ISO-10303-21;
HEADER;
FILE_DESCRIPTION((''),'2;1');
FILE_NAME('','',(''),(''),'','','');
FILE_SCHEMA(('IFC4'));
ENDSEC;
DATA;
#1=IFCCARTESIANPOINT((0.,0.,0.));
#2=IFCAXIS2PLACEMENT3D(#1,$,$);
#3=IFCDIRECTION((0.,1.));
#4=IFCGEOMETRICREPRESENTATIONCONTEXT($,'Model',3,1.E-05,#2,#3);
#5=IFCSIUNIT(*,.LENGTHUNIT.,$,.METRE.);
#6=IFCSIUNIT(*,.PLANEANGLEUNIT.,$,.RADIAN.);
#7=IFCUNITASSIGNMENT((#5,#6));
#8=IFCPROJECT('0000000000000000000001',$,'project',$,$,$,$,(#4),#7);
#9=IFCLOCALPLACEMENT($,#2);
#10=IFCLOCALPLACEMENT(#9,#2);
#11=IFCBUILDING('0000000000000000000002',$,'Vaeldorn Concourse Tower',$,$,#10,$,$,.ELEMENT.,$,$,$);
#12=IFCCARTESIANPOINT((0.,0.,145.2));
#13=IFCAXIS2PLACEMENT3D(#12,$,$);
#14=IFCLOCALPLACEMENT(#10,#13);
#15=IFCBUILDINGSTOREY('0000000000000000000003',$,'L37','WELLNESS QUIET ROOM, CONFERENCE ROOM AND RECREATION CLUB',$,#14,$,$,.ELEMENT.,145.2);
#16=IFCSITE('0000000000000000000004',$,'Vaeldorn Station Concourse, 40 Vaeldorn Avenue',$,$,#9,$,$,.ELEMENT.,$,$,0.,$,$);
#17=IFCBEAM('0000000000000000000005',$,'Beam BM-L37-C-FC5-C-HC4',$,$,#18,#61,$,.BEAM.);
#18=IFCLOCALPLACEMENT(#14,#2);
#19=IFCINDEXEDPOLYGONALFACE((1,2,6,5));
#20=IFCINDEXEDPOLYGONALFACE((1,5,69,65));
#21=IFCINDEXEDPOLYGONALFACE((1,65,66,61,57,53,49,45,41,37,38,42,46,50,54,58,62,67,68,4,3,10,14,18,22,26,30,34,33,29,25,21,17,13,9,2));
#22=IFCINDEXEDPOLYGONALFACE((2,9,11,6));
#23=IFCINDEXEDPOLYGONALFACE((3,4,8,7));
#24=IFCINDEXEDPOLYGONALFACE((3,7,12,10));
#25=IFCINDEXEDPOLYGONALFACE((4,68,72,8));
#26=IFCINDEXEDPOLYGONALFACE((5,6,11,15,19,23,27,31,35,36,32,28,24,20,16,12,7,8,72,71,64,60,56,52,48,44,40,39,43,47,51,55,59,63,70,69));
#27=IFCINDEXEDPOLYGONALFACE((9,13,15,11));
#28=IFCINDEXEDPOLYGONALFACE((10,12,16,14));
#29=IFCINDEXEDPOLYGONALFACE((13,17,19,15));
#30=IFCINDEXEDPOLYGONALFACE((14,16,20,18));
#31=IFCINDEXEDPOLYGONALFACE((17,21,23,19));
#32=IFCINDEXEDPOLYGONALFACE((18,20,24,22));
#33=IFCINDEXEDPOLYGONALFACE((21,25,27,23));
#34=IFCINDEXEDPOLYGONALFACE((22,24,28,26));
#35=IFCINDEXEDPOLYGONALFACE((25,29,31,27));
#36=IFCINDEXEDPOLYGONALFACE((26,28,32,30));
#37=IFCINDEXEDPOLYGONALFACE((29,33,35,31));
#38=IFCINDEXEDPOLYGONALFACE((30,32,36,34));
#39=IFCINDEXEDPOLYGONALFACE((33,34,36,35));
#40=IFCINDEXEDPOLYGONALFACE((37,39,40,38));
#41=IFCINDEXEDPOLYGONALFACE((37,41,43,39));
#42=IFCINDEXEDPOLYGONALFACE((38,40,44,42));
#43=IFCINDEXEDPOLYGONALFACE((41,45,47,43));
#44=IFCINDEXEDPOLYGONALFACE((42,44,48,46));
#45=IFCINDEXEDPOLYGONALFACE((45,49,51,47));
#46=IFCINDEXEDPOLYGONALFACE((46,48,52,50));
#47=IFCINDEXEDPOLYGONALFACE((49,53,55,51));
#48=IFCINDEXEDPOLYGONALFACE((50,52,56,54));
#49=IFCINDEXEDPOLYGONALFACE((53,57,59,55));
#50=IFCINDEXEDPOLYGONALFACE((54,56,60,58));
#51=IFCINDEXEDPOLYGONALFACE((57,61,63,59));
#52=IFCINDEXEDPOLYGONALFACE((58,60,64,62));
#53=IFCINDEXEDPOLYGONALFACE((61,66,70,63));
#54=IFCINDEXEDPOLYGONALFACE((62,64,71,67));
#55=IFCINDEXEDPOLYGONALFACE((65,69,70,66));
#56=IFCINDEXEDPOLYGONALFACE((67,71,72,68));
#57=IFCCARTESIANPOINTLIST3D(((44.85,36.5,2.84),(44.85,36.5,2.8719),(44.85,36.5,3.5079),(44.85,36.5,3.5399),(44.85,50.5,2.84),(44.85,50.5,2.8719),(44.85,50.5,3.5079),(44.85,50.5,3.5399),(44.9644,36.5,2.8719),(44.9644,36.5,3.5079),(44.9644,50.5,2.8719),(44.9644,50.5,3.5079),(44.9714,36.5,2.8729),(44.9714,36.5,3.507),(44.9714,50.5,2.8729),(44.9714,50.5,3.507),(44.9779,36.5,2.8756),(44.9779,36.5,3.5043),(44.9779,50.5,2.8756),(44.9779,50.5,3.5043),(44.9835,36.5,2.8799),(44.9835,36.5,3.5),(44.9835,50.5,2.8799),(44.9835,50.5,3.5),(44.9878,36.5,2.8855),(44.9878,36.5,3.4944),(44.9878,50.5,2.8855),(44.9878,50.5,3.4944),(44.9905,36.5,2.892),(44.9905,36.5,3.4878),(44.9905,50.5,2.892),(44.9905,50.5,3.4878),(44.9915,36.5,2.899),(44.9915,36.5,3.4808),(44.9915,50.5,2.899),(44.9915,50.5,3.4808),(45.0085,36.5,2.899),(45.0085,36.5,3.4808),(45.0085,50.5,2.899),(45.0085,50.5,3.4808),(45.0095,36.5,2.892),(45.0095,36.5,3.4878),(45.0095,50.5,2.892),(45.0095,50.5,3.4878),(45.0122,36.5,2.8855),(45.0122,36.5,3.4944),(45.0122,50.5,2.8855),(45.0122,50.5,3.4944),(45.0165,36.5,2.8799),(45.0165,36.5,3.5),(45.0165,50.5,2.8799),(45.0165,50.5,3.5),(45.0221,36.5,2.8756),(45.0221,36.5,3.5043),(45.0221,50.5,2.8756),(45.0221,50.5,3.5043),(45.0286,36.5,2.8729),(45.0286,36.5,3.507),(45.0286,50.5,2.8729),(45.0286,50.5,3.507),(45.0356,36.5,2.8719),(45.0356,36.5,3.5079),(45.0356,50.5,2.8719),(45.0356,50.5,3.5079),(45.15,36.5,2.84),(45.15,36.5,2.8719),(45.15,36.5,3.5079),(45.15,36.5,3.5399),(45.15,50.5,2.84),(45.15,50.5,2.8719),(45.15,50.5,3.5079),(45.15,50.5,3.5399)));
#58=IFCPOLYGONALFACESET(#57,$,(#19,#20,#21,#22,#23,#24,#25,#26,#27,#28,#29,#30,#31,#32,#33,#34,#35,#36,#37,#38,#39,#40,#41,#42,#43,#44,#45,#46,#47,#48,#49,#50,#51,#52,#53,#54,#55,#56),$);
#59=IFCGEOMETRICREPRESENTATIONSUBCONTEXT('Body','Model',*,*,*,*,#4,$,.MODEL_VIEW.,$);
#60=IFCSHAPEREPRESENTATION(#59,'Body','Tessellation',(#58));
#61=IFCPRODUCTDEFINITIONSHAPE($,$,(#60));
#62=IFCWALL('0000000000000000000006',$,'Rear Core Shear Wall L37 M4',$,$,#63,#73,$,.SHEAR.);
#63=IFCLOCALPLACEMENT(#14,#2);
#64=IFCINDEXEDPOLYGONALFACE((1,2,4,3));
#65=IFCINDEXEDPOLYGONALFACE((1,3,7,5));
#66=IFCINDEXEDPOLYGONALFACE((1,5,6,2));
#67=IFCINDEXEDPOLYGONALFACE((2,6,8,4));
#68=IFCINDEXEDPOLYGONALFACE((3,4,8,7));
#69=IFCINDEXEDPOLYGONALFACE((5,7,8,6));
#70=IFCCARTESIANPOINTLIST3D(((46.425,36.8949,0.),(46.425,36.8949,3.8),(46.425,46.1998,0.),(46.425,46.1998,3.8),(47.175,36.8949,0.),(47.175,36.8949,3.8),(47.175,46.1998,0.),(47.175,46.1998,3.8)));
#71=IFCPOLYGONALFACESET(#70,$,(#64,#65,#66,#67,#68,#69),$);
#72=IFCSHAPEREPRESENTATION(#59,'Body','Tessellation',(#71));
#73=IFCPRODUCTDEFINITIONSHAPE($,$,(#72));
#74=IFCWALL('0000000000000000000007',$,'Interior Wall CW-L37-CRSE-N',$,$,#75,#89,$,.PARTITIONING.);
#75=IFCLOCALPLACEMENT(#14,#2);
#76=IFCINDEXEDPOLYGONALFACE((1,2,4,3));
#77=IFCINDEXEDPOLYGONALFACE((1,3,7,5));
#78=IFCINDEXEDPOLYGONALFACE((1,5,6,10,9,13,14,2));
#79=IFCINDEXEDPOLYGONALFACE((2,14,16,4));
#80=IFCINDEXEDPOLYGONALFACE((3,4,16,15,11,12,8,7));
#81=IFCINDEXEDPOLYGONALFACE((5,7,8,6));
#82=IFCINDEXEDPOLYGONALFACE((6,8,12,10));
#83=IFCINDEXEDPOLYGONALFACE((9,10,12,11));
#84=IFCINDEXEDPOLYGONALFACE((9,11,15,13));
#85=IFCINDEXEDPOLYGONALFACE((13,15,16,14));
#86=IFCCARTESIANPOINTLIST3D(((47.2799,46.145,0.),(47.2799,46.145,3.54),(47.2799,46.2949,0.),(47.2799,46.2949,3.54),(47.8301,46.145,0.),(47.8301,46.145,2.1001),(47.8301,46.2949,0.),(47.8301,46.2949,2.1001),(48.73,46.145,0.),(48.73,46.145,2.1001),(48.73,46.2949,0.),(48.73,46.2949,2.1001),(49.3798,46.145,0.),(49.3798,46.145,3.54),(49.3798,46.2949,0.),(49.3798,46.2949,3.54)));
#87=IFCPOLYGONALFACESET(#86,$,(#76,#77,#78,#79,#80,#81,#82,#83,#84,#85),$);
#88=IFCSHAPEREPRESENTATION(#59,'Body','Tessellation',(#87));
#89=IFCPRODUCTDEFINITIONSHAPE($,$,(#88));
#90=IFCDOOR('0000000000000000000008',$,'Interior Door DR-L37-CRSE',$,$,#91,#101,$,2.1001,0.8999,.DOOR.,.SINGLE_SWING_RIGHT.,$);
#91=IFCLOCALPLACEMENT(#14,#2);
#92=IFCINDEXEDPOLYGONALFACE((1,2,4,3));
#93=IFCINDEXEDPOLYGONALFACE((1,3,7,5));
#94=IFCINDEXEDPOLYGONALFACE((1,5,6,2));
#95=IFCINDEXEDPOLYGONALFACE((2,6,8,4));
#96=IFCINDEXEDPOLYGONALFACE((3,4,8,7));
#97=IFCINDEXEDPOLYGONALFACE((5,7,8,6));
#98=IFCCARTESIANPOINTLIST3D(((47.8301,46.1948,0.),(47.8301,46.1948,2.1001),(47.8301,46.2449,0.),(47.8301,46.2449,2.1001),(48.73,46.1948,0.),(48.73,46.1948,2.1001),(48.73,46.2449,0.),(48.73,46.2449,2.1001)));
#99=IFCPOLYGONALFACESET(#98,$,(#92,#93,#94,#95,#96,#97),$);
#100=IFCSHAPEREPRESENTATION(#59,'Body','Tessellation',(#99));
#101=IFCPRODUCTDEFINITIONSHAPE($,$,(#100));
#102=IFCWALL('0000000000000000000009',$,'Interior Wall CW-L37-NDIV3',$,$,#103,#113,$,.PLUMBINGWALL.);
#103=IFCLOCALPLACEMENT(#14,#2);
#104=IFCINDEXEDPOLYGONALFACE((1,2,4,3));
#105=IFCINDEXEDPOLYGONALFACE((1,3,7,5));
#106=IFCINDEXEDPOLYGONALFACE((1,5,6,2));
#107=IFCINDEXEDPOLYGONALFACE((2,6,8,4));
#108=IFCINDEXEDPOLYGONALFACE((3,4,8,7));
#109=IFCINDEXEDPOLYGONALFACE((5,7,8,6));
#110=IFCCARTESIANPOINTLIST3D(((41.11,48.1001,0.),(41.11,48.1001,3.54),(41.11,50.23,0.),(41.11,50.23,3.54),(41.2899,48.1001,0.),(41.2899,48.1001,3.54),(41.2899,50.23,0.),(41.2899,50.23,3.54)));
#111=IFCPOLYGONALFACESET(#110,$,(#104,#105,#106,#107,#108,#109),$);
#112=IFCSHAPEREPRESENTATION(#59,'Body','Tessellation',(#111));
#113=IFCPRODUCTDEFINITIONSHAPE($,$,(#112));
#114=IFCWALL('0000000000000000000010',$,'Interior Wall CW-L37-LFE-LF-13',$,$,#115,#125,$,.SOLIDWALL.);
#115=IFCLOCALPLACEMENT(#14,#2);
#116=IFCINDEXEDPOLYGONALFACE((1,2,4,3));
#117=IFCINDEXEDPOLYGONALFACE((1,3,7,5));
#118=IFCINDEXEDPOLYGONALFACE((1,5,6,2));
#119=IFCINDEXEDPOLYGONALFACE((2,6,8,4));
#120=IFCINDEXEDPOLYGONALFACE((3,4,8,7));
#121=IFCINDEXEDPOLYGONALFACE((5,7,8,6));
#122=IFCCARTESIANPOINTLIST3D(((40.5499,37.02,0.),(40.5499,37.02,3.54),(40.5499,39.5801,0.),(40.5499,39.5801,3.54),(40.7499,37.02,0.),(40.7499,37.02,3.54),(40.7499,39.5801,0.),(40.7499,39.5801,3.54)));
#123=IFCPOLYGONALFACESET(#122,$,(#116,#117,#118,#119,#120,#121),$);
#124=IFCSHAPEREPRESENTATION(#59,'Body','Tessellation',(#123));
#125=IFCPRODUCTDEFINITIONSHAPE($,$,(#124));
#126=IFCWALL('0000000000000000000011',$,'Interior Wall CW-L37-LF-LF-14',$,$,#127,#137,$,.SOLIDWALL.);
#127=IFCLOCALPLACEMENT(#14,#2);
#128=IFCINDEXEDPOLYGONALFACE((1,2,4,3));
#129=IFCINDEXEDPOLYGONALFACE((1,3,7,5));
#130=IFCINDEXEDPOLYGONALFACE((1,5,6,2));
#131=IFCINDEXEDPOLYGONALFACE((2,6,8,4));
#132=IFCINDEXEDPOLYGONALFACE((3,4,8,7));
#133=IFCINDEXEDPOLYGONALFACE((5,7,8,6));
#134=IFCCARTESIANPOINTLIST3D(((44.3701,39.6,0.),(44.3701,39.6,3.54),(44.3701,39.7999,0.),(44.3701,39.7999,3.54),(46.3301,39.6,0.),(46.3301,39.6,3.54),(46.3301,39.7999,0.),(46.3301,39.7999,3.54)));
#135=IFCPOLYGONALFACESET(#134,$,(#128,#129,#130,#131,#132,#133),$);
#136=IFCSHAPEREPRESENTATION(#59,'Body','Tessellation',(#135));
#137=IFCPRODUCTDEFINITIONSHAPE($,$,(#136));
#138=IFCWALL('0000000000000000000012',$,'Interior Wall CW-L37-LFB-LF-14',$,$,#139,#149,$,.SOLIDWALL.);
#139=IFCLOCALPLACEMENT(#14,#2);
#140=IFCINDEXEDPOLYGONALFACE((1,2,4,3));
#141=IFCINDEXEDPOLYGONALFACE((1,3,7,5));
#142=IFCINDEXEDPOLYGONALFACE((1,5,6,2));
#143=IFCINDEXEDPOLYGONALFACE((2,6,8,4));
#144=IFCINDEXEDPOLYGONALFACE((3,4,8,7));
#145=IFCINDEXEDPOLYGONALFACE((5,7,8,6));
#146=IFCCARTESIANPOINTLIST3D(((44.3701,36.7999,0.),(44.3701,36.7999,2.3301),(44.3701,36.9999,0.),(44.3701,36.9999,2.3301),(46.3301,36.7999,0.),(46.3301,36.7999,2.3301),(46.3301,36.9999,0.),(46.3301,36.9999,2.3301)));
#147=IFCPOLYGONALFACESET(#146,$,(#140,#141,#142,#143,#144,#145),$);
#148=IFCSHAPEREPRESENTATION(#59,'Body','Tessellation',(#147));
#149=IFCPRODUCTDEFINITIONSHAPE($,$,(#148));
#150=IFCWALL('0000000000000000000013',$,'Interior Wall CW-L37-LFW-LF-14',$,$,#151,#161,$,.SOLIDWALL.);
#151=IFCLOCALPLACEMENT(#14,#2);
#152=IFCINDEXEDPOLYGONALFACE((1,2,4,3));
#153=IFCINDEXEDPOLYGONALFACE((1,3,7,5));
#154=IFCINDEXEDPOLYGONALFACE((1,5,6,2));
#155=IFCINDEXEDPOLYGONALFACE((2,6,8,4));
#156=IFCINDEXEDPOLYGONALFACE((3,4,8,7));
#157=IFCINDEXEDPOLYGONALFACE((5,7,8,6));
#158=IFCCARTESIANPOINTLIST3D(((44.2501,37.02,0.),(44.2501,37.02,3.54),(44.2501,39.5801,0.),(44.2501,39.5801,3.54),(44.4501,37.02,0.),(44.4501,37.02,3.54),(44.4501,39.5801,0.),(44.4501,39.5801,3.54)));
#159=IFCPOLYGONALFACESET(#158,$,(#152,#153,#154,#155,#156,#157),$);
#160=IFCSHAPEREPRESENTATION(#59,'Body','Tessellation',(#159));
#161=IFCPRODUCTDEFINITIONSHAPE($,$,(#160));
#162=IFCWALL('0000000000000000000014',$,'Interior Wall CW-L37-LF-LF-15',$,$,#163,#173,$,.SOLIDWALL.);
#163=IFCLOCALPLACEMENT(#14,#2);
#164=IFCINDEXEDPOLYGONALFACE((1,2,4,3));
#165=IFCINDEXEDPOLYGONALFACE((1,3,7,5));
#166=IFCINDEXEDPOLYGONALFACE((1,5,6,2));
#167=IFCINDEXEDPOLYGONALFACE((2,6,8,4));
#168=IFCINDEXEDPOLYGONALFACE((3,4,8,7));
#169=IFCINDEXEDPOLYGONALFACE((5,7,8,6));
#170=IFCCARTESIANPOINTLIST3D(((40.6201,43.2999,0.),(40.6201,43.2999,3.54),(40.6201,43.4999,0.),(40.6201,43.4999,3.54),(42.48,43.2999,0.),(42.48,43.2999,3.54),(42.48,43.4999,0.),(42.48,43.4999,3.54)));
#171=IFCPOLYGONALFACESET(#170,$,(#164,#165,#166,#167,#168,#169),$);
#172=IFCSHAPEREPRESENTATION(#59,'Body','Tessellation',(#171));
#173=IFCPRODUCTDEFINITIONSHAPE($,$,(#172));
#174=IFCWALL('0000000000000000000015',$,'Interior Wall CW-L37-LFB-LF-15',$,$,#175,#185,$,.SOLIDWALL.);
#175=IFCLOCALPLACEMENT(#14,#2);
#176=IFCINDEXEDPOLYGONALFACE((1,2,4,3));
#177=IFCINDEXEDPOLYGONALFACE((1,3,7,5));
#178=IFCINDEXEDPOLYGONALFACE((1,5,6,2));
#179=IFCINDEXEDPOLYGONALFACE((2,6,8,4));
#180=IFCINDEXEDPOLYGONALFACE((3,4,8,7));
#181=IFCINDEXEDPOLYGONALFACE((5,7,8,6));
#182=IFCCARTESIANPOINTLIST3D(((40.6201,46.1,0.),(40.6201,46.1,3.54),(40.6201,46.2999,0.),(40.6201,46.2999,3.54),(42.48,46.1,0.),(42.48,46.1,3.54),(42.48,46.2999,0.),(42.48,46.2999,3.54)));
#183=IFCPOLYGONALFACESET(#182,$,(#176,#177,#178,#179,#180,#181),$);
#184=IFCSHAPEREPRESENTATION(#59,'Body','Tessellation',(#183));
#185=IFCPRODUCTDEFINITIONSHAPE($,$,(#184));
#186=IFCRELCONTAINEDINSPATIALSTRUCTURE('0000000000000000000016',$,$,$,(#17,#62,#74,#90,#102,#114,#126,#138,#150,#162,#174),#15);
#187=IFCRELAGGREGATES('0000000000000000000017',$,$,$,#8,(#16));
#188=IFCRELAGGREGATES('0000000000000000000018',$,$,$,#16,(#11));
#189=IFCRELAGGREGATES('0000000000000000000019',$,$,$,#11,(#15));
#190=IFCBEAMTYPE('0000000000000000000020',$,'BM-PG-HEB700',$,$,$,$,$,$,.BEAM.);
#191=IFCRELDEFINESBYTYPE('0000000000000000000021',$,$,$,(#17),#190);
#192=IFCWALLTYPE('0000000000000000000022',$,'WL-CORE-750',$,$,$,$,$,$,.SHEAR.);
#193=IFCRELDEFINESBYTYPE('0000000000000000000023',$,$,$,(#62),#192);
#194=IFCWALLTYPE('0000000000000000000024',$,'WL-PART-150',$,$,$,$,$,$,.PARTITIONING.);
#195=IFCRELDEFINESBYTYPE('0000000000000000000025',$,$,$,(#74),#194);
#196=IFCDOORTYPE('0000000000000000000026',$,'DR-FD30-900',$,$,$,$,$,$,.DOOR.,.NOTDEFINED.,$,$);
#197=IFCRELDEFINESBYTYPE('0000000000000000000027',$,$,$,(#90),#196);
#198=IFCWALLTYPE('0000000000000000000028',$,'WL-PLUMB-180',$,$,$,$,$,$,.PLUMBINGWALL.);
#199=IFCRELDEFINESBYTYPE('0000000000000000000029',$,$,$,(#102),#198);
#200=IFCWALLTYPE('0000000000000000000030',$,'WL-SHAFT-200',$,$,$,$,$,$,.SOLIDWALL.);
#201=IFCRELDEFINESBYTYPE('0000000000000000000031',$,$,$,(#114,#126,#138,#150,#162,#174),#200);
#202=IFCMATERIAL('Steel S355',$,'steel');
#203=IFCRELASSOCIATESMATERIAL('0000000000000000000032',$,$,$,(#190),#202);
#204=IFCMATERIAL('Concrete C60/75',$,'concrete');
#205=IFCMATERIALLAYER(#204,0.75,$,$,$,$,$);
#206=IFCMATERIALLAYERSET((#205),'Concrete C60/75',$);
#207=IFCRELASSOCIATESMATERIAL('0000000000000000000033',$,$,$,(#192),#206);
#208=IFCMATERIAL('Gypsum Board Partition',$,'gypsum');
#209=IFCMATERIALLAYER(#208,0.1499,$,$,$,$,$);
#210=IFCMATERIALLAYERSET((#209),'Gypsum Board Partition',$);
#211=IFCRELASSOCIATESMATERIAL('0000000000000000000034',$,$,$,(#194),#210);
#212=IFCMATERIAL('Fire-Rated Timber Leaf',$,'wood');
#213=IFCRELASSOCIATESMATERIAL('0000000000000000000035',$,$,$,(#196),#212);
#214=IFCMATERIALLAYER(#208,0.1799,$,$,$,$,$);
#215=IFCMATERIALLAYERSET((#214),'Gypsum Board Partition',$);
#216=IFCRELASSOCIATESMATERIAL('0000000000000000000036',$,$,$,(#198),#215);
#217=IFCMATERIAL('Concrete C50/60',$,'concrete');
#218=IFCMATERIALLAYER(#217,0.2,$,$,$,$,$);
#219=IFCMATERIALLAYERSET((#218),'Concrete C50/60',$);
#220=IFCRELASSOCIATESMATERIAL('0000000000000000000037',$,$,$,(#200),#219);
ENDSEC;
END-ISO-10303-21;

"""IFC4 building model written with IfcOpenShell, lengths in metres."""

from ifc_helpers import new_model, si_unit, direction, frame, frame_2d, origin, origin_2d, place, context, subcontext, project, spatial, rectangle, i_section, extrude, source, transform, mapped, material, layer, layer_set, material_profile, profile_set, type_object, element, fill, save


model = new_model("IFC4")

# Units and contexts
model_context = context("Model", 3, precision=1e-05, world=origin(), true_north=direction((0.0, 1.0)))
body_context = subcontext(model_context, "Body", "Model", "MODEL_VIEW")
ifc_project = project(units=[si_unit("LENGTHUNIT", "METRE"), si_unit("PLANEANGLEUNIT", "RADIAN")], contexts=[model_context])

# Site, building, storey
site_placement = place(None, origin())
site = spatial("IfcSite", under=ifc_project, at=site_placement, Name="Vaeldorn Station Concourse, 40 Vaeldorn Avenue", CompositionType="ELEMENT", RefElevation=0.0)
building_placement = place(site_placement, origin())
building = spatial("IfcBuilding", under=site, at=building_placement, Name="Vaeldorn Concourse Tower", CompositionType="ELEMENT")
storey_placement = place(building_placement, frame((0.0, 0.0, 145.2)))
storey = spatial("IfcBuildingStorey", under=building, at=storey_placement, Name="L37", Description="WELLNESS QUIET ROOM, CONFERENCE ROOM AND RECREATION CLUB", CompositionType="ELEMENT", Elevation=145.2)

# Beam
ifc_material_1 = material(Name="Concrete C60/75", Category="concrete")
ifc_material_2 = material(Name="Steel S355", Category="steel")
ifc_material_profile_1 = material_profile(ifc_material_2, i_section(OverallWidth=0.3, OverallDepth=0.7, WebThickness=0.0171, FlangeThickness=0.032, FilletRadius=0.0271, at=origin_2d()), Name="HEB 700")
ifc_profile_set_1 = profile_set([ifc_material_profile_1], Name="Steel S355")
beam_type_1 = type_object("IfcBeamType", Name="BM-PG-HEB700", PredefinedType="BEAM", material=ifc_profile_set_1)
shared_shape_1 = source(origin(), body_context, "Body", "SweptSolid", [
    extrude(i_section(OverallWidth=0.3, OverallDepth=0.7, WebThickness=0.0171, FlangeThickness=0.032, FilletRadius=0.0271, at=origin_2d()), origin(), (0.0, 0.0, 1.0), 14.0),
])
beam_1_placement = place(storey_placement, frame((45.0, 36.5, 3.1899), z_axis=(0.0, 1.0, 0.0), x_axis=(-1.0, 0.0, 0.0)))
element("IfcBeam", 1, at=beam_1_placement, inside=storey, type_object=beam_type_1, Name="Beam BM-L37-C-FC5-C-HC4", PredefinedType="BEAM", context=body_context, shape_type="MappedRepresentation", body=[
    mapped(shared_shape_1, transform((0.0, 0.0, 0.0), scale=1.0)),
])

# Wall
ifc_layer_1 = layer(ifc_material_1, 0.75)
ifc_layer_set_1 = layer_set([ifc_layer_1], Name="Concrete C60/75")
wall_type_1 = type_object("IfcWallType", Name="WL-CORE-750", PredefinedType="SHEAR", material=ifc_layer_set_1)
wall_1_placement = place(storey_placement, frame((46.8, 36.895, 0.0), z_axis=(0.0, 0.0, 1.0), x_axis=(0.0, 1.0, 0.0)))
element("IfcWall", 2, at=wall_1_placement, inside=storey, type_object=wall_type_1, Name="Rear Core Shear Wall L37 M4", PredefinedType="SHEAR", context=body_context, shape_type="SweptSolid", body=[
    extrude(rectangle(XDim=9.3049, YDim=0.75, at=frame_2d((4.6523, 0.0))), origin(), (0.0, 0.0, 1.0), 3.8),
])

# Wall, opening, door
ifc_material_3 = material(Name="Gypsum Board Partition", Category="gypsum")
ifc_layer_2 = layer(ifc_material_3, 0.1499)
ifc_layer_set_2 = layer_set([ifc_layer_2], Name="Gypsum Board Partition")
wall_type_2 = type_object("IfcWallType", Name="WL-PART-150", PredefinedType="PARTITIONING", material=ifc_layer_set_2)
wall_2_placement = place(storey_placement, frame((47.28, 46.22, 0.0), z_axis=(0.0, 0.0, 1.0), x_axis=(1.0, 0.0, 0.0)))
wall_2 = element("IfcWall", 3, at=wall_2_placement, inside=storey, type_object=wall_type_2, Name="Interior Wall CW-L37-CRSE-N", PredefinedType="PARTITIONING", context=body_context, shape_type="SweptSolid", body=[
    extrude(rectangle(XDim=2.0999, YDim=0.1499, at=frame_2d((1.0498, 0.0))), origin(), (0.0, 0.0, 1.0), 3.54),
])
opening_1_placement = place(wall_2_placement, frame((0.55, 0.0, 0.0)))
opening_1 = element("IfcOpeningElement", 4, at=opening_1_placement, cuts=wall_2, PredefinedType="OPENING", context=body_context, shape_type="SweptSolid", body=[
    extrude(rectangle(XDim=0.8999, YDim=2.1001, at=frame_2d((0.45, 1.05))), frame((0.0, 0.085, 0.0), z_axis=(0.0, -1.0, 0.0), x_axis=(1.0, 0.0, 0.0)), (0.0, 0.0, 1.0), 0.1699),
])
ifc_material_4 = material(Name="Fire-Rated Timber Leaf", Category="wood")
door_type_1 = type_object("IfcDoorType", Name="DR-FD30-900", OperationType="NOTDEFINED", PredefinedType="DOOR", material=ifc_material_4)
shared_shape_2 = source(origin(), body_context, "Body", "SweptSolid", [
    extrude(rectangle(XDim=0.8999, YDim=2.1001, at=frame_2d((0.45, 1.05))), frame((0.0, 0.0249, 0.0), z_axis=(0.0, -1.0, 0.0), x_axis=(1.0, 0.0, 0.0)), (0.0, 0.0, 1.0), 0.05),
])
door_1_placement = place(opening_1_placement, origin())
door_1 = element("IfcDoor", 5, at=door_1_placement, inside=storey, type_object=door_type_1, Name="Interior Door DR-L37-CRSE", OperationType="SINGLE_SWING_RIGHT", OverallHeight=2.1001, OverallWidth=0.8999, PredefinedType="DOOR", context=body_context, shape_type="MappedRepresentation", body=[
    mapped(shared_shape_2, transform((0.0, 0.0, 0.0), scale=1.0)),
])
fill(opening_1, door_1)

# Wall
ifc_layer_3 = layer(ifc_material_3, 0.1799)
ifc_layer_set_3 = layer_set([ifc_layer_3], Name="Gypsum Board Partition")
wall_type_3 = type_object("IfcWallType", Name="WL-PLUMB-180", PredefinedType="PLUMBINGWALL", material=ifc_layer_set_3)
wall_3_placement = place(storey_placement, frame((41.2, 48.1001, 0.0), z_axis=(0.0, 0.0, 1.0), x_axis=(0.0, 1.0, 0.0)))
element("IfcWall", 6, at=wall_3_placement, inside=storey, type_object=wall_type_3, Name="Interior Wall CW-L37-NDIV3", PredefinedType="PLUMBINGWALL", context=body_context, shape_type="SweptSolid", body=[
    extrude(rectangle(XDim=2.1299, YDim=0.1799, at=frame_2d((1.0649, 0.0))), origin(), (0.0, 0.0, 1.0), 3.54),
])

# Shared definitions
ifc_material_5 = material(Name="Concrete C50/60", Category="concrete")
ifc_layer_4 = layer(ifc_material_5, 0.2)
ifc_layer_set_4 = layer_set([ifc_layer_4], Name="Concrete C50/60")
wall_type_4 = type_object("IfcWallType", Name="WL-SHAFT-200", PredefinedType="SOLIDWALL", material=ifc_layer_set_4)

# Walls
wall_4_placement = place(storey_placement, frame((40.6499, 37.02, 0.0), z_axis=(0.0, 0.0, 1.0), x_axis=(0.0, 1.0, 0.0)))
element("IfcWall", 7, at=wall_4_placement, inside=storey, type_object=wall_type_4, Name="Interior Wall CW-L37-LFE-LF-13", PredefinedType="SOLIDWALL", context=body_context, shape_type="SweptSolid", body=[
    extrude(rectangle(XDim=2.5601, YDim=0.2, at=frame_2d((1.28, 0.0))), origin(), (0.0, 0.0, 1.0), 3.54),
])
wall_5_placement = place(storey_placement, frame((44.3701, 39.7, 0.0), z_axis=(0.0, 0.0, 1.0), x_axis=(1.0, 0.0, 0.0)))
element("IfcWall", 8, at=wall_5_placement, inside=storey, type_object=wall_type_4, Name="Interior Wall CW-L37-LF-LF-14", PredefinedType="SOLIDWALL", context=body_context, shape_type="SweptSolid", body=[
    extrude(rectangle(XDim=1.96, YDim=0.2, at=frame_2d((0.98, 0.0))), origin(), (0.0, 0.0, 1.0), 3.54),
])
wall_6_placement = place(storey_placement, frame((44.3701, 36.8999, 0.0), z_axis=(0.0, 0.0, 1.0), x_axis=(1.0, 0.0, 0.0)))
element("IfcWall", 9, at=wall_6_placement, inside=storey, type_object=wall_type_4, Name="Interior Wall CW-L37-LFB-LF-14", PredefinedType="SOLIDWALL", context=body_context, shape_type="SweptSolid", body=[
    extrude(rectangle(XDim=1.96, YDim=0.2, at=frame_2d((0.98, 0.0))), origin(), (0.0, 0.0, 1.0), 2.3301),
])
wall_7_placement = place(storey_placement, frame((44.3501, 37.02, 0.0), z_axis=(0.0, 0.0, 1.0), x_axis=(0.0, 1.0, 0.0)))
element("IfcWall", 10, at=wall_7_placement, inside=storey, type_object=wall_type_4, Name="Interior Wall CW-L37-LFW-LF-14", PredefinedType="SOLIDWALL", context=body_context, shape_type="SweptSolid", body=[
    extrude(rectangle(XDim=2.5601, YDim=0.2, at=frame_2d((1.28, 0.0))), origin(), (0.0, 0.0, 1.0), 3.54),
])
for number, where, z_axis, x_axis, name in (
    (11, (40.6201, 43.3999, 0.0), (0.0, 0.0, 1.0), (1.0, 0.0, 0.0), "Interior Wall CW-L37-LF-LF-15"),
    (12, (40.6201, 46.2, 0.0), (0.0, 0.0, 1.0), (1.0, 0.0, 0.0), "Interior Wall CW-L37-LFB-LF-15"),
):
    element("IfcWall", number, at=place(storey_placement, frame(where, z_axis=z_axis, x_axis=x_axis)), inside=storey, type_object=wall_type_4, Name=name, PredefinedType="SOLIDWALL", context=body_context, shape_type="SweptSolid", body=[
        extrude(rectangle(XDim=1.8599, YDim=0.2, at=frame_2d((0.9299, 0.0))), origin(), (0.0, 0.0, 1.0), 3.54),
    ])

save(model, "model.ifc")
